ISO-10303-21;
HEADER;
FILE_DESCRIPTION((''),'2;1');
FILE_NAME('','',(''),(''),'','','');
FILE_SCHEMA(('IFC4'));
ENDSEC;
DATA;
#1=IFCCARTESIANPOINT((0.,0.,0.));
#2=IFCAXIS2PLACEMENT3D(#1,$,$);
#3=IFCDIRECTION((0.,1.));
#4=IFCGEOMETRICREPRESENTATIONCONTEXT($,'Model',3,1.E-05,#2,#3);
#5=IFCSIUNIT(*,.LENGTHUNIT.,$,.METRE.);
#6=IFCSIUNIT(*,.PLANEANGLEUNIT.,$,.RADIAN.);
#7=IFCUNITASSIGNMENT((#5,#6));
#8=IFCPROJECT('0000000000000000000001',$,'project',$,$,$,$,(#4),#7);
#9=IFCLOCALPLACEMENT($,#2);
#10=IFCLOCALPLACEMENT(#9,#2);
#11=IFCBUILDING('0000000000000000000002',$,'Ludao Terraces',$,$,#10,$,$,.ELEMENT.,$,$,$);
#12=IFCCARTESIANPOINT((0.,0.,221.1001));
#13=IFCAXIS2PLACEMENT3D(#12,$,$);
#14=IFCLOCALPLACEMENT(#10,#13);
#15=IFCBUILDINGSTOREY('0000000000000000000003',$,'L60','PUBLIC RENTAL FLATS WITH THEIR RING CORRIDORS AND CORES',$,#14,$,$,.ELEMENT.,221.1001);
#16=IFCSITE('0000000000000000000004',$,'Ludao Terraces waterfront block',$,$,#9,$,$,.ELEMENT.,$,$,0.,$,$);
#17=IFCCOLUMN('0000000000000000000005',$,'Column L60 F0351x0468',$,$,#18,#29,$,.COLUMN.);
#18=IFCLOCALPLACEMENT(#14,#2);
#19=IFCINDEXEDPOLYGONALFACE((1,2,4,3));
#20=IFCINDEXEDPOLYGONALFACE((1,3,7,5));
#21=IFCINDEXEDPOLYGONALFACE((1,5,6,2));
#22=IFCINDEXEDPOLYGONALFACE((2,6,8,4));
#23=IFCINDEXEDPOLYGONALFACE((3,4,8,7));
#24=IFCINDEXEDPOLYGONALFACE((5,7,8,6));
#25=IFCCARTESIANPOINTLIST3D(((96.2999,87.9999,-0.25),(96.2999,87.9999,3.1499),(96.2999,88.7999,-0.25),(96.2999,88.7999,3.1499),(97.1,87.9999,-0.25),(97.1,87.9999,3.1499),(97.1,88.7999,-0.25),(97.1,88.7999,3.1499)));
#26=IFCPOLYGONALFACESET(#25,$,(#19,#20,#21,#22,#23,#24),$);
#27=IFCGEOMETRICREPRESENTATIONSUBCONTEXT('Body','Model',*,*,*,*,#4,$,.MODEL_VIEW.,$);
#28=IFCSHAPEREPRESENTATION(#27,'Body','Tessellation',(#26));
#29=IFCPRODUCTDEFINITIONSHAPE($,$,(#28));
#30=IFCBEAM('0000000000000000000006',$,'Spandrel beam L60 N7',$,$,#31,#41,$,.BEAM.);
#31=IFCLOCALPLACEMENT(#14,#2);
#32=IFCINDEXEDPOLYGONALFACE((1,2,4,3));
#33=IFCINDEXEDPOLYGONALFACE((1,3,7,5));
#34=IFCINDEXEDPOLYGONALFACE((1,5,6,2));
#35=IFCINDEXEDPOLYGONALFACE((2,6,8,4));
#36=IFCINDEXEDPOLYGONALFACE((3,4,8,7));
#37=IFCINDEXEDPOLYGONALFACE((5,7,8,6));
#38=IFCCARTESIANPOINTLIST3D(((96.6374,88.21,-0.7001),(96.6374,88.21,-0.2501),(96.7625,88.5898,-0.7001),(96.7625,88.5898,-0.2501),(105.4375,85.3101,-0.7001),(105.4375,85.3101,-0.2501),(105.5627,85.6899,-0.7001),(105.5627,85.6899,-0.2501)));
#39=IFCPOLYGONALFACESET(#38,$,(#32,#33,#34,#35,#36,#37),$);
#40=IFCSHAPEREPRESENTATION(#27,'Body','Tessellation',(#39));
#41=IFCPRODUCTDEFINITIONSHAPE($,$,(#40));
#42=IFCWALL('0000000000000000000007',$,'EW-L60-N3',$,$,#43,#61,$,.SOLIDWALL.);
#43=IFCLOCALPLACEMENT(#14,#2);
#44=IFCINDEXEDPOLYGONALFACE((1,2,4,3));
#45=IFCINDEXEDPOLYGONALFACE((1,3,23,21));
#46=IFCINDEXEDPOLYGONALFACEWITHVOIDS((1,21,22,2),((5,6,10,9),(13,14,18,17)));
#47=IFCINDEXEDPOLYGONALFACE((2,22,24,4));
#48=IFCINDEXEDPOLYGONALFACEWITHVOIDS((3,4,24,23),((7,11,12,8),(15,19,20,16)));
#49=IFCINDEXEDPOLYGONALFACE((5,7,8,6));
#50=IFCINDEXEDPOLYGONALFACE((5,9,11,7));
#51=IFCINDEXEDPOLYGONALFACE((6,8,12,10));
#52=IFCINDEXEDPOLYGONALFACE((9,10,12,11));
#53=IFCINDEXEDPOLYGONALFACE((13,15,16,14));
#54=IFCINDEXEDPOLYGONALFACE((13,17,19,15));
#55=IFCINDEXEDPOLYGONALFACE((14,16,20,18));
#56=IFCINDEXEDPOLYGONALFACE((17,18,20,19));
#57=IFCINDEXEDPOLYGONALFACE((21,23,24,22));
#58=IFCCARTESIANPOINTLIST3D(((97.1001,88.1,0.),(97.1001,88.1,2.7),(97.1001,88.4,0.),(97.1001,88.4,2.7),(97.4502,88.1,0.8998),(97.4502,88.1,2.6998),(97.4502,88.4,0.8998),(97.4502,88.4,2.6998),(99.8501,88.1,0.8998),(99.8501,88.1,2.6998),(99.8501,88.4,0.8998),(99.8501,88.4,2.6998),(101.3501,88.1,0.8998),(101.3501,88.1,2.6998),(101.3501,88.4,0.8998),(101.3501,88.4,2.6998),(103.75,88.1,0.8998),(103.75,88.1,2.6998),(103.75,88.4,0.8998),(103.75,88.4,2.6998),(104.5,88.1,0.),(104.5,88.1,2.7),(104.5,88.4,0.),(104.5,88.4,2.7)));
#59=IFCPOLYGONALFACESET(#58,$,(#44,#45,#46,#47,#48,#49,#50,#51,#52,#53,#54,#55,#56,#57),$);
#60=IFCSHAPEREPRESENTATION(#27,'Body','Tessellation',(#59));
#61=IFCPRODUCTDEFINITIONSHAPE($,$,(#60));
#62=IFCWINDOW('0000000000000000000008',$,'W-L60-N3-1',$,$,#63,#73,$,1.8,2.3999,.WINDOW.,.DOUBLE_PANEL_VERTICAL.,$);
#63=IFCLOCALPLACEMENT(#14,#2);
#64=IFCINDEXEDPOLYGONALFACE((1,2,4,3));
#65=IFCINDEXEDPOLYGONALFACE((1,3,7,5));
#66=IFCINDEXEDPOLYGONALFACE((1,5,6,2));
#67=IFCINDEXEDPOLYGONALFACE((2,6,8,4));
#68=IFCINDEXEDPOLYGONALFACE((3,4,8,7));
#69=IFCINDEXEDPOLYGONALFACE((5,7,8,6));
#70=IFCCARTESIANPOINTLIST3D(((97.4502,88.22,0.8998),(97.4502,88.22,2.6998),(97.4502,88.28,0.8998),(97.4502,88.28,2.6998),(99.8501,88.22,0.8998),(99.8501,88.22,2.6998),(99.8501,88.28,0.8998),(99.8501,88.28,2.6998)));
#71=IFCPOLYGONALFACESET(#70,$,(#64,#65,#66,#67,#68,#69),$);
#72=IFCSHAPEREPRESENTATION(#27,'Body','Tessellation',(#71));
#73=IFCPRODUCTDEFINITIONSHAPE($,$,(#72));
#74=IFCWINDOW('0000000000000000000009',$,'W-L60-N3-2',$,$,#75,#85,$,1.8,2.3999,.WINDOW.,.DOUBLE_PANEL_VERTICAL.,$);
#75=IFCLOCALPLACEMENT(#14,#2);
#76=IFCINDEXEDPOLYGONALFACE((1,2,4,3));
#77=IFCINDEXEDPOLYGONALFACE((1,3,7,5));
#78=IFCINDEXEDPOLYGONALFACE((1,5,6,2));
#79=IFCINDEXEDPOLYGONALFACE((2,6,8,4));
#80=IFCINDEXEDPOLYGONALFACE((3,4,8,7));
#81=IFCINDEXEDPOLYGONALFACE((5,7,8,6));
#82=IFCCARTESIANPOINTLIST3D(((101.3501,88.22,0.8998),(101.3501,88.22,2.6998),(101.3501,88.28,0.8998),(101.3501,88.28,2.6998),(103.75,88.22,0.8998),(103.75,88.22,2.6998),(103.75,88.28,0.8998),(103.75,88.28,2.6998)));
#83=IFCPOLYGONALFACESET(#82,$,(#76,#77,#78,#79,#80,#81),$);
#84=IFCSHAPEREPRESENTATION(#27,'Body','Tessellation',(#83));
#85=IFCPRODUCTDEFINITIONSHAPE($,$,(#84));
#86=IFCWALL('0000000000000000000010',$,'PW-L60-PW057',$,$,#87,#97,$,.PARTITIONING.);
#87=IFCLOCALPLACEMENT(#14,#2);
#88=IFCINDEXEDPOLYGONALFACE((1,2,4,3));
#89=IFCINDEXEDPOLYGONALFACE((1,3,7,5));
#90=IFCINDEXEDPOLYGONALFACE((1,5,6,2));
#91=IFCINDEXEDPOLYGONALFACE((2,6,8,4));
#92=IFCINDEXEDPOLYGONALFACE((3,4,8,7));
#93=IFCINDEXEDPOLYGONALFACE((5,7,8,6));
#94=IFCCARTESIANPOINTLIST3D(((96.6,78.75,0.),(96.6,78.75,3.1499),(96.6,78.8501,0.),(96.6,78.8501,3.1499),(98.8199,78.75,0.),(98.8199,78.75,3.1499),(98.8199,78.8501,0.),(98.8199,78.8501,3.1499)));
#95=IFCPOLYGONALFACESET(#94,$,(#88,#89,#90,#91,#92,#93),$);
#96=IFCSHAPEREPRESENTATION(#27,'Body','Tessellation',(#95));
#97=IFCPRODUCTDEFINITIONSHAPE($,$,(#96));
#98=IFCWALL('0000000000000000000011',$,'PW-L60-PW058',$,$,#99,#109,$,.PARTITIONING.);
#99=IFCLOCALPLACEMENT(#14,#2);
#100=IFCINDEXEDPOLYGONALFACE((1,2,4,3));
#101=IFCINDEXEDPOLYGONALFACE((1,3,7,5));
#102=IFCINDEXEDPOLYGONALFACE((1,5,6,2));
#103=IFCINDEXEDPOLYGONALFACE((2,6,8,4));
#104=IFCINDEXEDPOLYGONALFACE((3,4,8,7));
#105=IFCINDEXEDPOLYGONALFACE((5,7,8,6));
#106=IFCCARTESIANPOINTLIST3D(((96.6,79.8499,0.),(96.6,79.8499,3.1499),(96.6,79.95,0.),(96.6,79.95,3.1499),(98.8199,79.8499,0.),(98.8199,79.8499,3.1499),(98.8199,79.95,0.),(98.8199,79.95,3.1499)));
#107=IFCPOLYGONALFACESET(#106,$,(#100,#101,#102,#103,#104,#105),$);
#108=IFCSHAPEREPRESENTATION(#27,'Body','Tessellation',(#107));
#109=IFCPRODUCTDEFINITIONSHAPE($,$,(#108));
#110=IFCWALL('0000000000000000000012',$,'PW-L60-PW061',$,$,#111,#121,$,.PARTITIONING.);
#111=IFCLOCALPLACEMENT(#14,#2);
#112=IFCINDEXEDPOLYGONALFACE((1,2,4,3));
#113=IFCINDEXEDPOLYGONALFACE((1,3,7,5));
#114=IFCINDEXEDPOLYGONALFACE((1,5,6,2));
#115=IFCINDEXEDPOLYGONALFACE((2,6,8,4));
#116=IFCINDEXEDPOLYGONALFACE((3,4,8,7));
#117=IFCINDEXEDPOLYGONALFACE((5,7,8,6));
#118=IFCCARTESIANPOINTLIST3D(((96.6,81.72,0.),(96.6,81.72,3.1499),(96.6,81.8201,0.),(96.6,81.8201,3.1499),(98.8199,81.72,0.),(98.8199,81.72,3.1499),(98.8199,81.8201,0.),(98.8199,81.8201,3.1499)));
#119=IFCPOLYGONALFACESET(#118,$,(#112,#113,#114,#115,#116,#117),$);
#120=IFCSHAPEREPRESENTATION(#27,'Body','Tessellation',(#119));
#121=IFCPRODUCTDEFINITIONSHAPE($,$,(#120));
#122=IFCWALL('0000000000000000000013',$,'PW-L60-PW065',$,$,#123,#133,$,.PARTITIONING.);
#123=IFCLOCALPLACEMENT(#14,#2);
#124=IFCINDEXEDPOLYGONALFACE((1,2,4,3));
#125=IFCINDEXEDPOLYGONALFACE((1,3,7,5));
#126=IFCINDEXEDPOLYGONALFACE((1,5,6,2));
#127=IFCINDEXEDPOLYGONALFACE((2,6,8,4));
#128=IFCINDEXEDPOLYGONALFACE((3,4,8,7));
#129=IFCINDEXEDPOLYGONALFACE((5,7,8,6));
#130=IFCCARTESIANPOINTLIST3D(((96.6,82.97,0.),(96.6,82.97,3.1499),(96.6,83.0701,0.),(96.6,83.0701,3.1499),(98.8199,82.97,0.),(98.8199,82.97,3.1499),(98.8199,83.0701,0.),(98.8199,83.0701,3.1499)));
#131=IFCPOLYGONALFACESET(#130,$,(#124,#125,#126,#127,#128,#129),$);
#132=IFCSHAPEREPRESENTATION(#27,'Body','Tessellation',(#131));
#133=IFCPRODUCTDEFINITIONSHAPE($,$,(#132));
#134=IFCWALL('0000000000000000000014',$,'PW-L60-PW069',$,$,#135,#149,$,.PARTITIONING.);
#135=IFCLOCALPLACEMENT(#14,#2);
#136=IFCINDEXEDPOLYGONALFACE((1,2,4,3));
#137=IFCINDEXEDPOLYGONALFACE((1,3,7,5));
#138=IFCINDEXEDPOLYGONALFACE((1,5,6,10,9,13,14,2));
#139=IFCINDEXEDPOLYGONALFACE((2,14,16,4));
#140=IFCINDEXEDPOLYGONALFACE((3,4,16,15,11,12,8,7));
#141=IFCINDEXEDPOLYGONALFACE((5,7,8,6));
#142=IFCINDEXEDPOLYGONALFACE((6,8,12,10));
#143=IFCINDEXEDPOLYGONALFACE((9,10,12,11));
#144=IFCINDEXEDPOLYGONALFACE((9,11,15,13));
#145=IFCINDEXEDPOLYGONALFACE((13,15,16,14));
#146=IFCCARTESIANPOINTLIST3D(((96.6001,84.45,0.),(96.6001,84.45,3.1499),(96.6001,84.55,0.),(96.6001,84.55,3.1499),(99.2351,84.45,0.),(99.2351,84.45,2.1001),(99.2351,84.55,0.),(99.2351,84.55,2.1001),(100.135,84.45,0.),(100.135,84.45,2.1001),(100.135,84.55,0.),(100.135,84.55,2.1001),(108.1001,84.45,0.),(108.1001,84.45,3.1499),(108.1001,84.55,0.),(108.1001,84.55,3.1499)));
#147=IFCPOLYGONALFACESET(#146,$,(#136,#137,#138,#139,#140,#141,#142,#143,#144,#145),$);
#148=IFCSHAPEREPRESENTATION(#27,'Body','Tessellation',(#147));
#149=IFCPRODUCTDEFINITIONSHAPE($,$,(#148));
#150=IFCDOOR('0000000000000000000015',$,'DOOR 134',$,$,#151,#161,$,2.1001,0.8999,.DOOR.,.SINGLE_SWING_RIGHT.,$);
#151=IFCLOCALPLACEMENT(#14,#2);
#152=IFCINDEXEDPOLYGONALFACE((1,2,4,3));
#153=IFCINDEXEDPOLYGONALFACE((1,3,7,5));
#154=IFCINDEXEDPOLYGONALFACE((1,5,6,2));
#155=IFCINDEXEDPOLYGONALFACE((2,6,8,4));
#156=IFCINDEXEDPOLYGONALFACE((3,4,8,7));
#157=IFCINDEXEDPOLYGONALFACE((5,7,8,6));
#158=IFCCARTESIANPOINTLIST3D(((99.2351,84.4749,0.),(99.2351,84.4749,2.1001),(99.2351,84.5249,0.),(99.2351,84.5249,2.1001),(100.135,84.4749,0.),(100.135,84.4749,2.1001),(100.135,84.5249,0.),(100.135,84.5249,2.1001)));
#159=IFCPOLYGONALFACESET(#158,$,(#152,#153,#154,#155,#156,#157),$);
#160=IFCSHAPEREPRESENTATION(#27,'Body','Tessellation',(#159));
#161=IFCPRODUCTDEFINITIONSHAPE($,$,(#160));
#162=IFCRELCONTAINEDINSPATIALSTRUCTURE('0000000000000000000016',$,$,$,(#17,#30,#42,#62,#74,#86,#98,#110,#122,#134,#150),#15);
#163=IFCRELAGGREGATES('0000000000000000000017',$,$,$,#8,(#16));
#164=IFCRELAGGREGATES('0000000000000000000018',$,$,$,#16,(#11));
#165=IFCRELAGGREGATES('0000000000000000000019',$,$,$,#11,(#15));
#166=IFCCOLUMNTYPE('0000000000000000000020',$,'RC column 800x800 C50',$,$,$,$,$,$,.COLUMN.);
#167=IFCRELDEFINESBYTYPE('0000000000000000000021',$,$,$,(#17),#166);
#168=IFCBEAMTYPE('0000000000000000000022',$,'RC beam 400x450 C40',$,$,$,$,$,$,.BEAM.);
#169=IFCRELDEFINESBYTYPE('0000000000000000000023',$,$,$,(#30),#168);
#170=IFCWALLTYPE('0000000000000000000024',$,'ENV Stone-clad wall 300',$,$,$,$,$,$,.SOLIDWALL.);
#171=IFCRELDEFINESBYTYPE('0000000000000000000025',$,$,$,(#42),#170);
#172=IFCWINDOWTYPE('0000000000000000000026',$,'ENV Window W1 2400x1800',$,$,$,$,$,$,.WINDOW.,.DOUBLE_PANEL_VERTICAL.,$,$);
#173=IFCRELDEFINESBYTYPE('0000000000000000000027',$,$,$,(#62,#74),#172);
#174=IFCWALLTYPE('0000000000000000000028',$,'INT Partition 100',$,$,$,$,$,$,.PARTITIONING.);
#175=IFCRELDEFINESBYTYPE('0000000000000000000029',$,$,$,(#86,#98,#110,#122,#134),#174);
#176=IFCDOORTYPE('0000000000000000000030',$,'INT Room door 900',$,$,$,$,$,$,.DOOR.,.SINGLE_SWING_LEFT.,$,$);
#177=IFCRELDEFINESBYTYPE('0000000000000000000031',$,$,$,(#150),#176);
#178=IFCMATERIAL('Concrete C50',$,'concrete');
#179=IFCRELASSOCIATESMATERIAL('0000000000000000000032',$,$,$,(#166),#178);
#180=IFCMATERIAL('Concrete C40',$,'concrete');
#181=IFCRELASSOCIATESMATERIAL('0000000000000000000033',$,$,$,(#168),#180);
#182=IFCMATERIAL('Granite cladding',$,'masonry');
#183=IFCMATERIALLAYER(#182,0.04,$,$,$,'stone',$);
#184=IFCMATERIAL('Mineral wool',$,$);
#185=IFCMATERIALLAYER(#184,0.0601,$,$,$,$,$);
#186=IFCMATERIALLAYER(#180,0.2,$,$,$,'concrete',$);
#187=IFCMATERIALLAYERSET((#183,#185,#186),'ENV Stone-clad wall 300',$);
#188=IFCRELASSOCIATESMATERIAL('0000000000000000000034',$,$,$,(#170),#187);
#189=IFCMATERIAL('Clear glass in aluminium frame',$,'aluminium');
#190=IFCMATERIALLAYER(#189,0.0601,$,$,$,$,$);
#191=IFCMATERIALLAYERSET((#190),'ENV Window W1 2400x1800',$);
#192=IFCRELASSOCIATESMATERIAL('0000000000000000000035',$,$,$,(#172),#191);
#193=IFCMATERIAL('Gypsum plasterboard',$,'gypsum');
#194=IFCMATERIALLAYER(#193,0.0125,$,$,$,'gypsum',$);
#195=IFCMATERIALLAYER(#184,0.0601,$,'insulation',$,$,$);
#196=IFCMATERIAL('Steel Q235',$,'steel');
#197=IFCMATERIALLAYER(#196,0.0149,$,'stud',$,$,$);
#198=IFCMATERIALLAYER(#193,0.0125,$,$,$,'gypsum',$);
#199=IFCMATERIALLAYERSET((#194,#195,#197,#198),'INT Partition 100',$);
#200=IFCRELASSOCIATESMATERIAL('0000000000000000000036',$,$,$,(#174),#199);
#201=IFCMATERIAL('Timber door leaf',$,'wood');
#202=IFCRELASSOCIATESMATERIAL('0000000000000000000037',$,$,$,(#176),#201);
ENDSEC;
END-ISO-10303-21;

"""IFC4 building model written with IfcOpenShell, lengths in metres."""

from ifc_helpers import new_model, si_unit, direction, frame, frame_2d, origin, origin_2d, place, context, subcontext, project, spatial, rectangle, extrude, material, layer, layer_set, material_profile, profile_set, type_object, element, fill, save


model = new_model("IFC4")

# Units and contexts
model_context = context("Model", 3, precision=1e-05, world=origin(), true_north=direction((0.0, 1.0)))
body_context = subcontext(model_context, "Body", "Model", "MODEL_VIEW")
ifc_project = project(units=[si_unit("LENGTHUNIT", "METRE"), si_unit("PLANEANGLEUNIT", "RADIAN")], contexts=[model_context])

# Site, building, storey
site_placement = place(None, origin())
site = spatial("IfcSite", under=ifc_project, at=site_placement, Name="Ludao Terraces waterfront block", CompositionType="ELEMENT", RefElevation=0.0)
building_placement = place(site_placement, origin())
building = spatial("IfcBuilding", under=site, at=building_placement, Name="Ludao Terraces", CompositionType="ELEMENT")
storey_placement = place(building_placement, frame((0.0, 0.0, 221.1001)))
storey = spatial("IfcBuildingStorey", under=building, at=storey_placement, Name="L60", Description="PUBLIC RENTAL FLATS WITH THEIR RING CORRIDORS AND CORES", CompositionType="ELEMENT", Elevation=221.1001)

# Column
ifc_material_1 = material(Name="Concrete C50", Category="concrete")
ifc_material_profile_1 = material_profile(ifc_material_1, rectangle(XDim=0.8, YDim=0.8, at=origin_2d()), Name="800 X 800")
ifc_profile_set_1 = profile_set([ifc_material_profile_1], Name="Concrete C50")
column_type = type_object("IfcColumnType", Name="RC column 800x800 C50", PredefinedType="COLUMN", material=ifc_profile_set_1)
column_placement = place(storey_placement, frame((96.7, 88.3999, -0.25), z_axis=(0.0, 0.0, 1.0), x_axis=(1.0, 0.0, 0.0)))
element("IfcColumn", 1, at=column_placement, inside=storey, type_object=column_type, Name="Column L60 F0351x0468", PredefinedType="COLUMN", context=body_context, shape_type="SweptSolid", body=[
    extrude(rectangle(XDim=0.8, YDim=0.8, at=origin_2d()), origin(), (0.0, 0.0, 1.0), 3.3999),
])

# Beam
ifc_material_2 = material(Name="Concrete C40", Category="concrete")
ifc_material_profile_2 = material_profile(ifc_material_2, rectangle(XDim=0.3999, YDim=0.45, at=origin_2d()), Name="400 X 450")
ifc_profile_set_2 = profile_set([ifc_material_profile_2], Name="Concrete C40")
beam_type = type_object("IfcBeamType", Name="RC beam 400x450 C40", PredefinedType="BEAM", material=ifc_profile_set_2)
beam_placement = place(storey_placement, frame((96.7, 88.3999, -0.4751), z_axis=(0.949761, -0.312977, 0.0), x_axis=(0.312977, 0.949761, 0.0)))
element("IfcBeam", 2, at=beam_placement, inside=storey, type_object=beam_type, Name="Spandrel beam L60 N7", PredefinedType="BEAM", context=body_context, shape_type="SweptSolid", body=[
    extrude(rectangle(XDim=0.3999, YDim=0.45, at=origin_2d()), origin(), (0.0, 0.0, 1.0), 9.2656),
])

# Wall, openings, windows
ifc_material_3 = material(Name="Granite cladding", Category="masonry")
ifc_layer_1 = layer(ifc_material_3, 0.04, Category="stone")
ifc_material_4 = material(Name="Mineral wool")
ifc_layer_2 = layer(ifc_material_4, 0.0601)
ifc_layer_3 = layer(ifc_material_2, 0.2, Category="concrete")
ifc_layer_set_1 = layer_set([ifc_layer_1, ifc_layer_2, ifc_layer_3], Name="ENV Stone-clad wall 300")
wall_type_1 = type_object("IfcWallType", Name="ENV Stone-clad wall 300", PredefinedType="SOLIDWALL", material=ifc_layer_set_1)
wall_1_placement = place(storey_placement, frame((97.1001, 88.25, 0.0), z_axis=(0.0, 0.0, 1.0), x_axis=(1.0, 0.0, 0.0)))
wall_1 = element("IfcWall", 3, at=wall_1_placement, inside=storey, type_object=wall_type_1, Name="EW-L60-N3", PredefinedType="SOLIDWALL", context=body_context, shape_type="SweptSolid", body=[
    extrude(rectangle(XDim=7.3999, YDim=0.3, at=frame_2d((3.7, 0.0))), origin(), (0.0, 0.0, 1.0), 2.7),
])
opening_1_placement = place(wall_1_placement, frame((0.3501, 0.0, 0.8999)))
opening_1 = element("IfcOpeningElement", 4, at=opening_1_placement, cuts=wall_1, PredefinedType="OPENING", context=body_context, shape_type="SweptSolid", body=[
    extrude(rectangle(XDim=2.3999, YDim=1.8, at=frame_2d((1.2, 0.8999))), frame((0.0, 0.1602, 0.0), z_axis=(0.0, -1.0, 0.0), x_axis=(1.0, 0.0, 0.0)), (0.0, 0.0, 1.0), 0.3201),
])
opening_2_placement = place(wall_1_placement, frame((4.25, 0.0, 0.8999)))
opening_2 = element("IfcOpeningElement", 5, at=opening_2_placement, cuts=wall_1, PredefinedType="OPENING", context=body_context, shape_type="SweptSolid", body=[
    extrude(rectangle(XDim=2.3999, YDim=1.8, at=frame_2d((1.2, 0.8999))), frame((0.0, 0.1602, 0.0), z_axis=(0.0, -1.0, 0.0), x_axis=(1.0, 0.0, 0.0)), (0.0, 0.0, 1.0), 0.3201),
])
ifc_material_5 = material(Name="Clear glass in aluminium frame", Category="aluminium")
ifc_layer_4 = layer(ifc_material_5, 0.0601)
ifc_layer_set_2 = layer_set([ifc_layer_4], Name="ENV Window W1 2400x1800")
window_type = type_object("IfcWindowType", Name="ENV Window W1 2400x1800", PartitioningType="DOUBLE_PANEL_VERTICAL", PredefinedType="WINDOW", material=ifc_layer_set_2)
window_1_placement = place(opening_1_placement, origin())
window_1 = element("IfcWindow", 6, at=window_1_placement, inside=storey, type_object=window_type, Name="W-L60-N3-1", OverallHeight=1.8, OverallWidth=2.3999, PartitioningType="DOUBLE_PANEL_VERTICAL", PredefinedType="WINDOW", context=body_context, shape_type="SweptSolid", body=[
    extrude(rectangle(XDim=2.3999, YDim=1.8, at=frame_2d((1.2, 0.8999))), frame((0.0, 0.03, 0.0), z_axis=(0.0, -1.0, 0.0), x_axis=(1.0, 0.0, 0.0)), (0.0, 0.0, 1.0), 0.0601),
])
fill(opening_1, window_1)
window_2_placement = place(opening_2_placement, origin())
window_2 = element("IfcWindow", 7, at=window_2_placement, inside=storey, type_object=window_type, Name="W-L60-N3-2", OverallHeight=1.8, OverallWidth=2.3999, PartitioningType="DOUBLE_PANEL_VERTICAL", PredefinedType="WINDOW", context=body_context, shape_type="SweptSolid", body=[
    extrude(rectangle(XDim=2.3999, YDim=1.8, at=frame_2d((1.2, 0.8999))), frame((0.0, 0.03, 0.0), z_axis=(0.0, -1.0, 0.0), x_axis=(1.0, 0.0, 0.0)), (0.0, 0.0, 1.0), 0.0601),
])
fill(opening_2, window_2)

# Walls
ifc_material_6 = material(Name="Gypsum plasterboard", Category="gypsum")
ifc_layer_5 = layer(ifc_material_6, 0.0125, Category="gypsum")
ifc_layer_6 = layer(ifc_material_4, 0.0601, Name="insulation")
ifc_material_7 = material(Name="Steel Q235", Category="steel")
ifc_layer_7 = layer(ifc_material_7, 0.0149, Name="stud")
ifc_layer_8 = layer(ifc_material_6, 0.0125, Category="gypsum")
ifc_layer_set_3 = layer_set([ifc_layer_5, ifc_layer_6, ifc_layer_7, ifc_layer_8], Name="INT Partition 100")
wall_type_2 = type_object("IfcWallType", Name="INT Partition 100", PredefinedType="PARTITIONING", material=ifc_layer_set_3)
for number, where, z_axis, x_axis, name in (
    (8, (96.6001, 78.8, 0.0), (0.0, 0.0, 1.0), (1.0, 0.0, 0.0), "PW-L60-PW057"),
    (9, (96.6001, 79.8999, 0.0), (0.0, 0.0, 1.0), (1.0, 0.0, 0.0), "PW-L60-PW058"),
    (10, (96.6001, 81.77, 0.0), (0.0, 0.0, 1.0), (1.0, 0.0, 0.0), "PW-L60-PW061"),
    (11, (96.6001, 83.02, 0.0), (0.0, 0.0, 1.0), (1.0, 0.0, 0.0), "PW-L60-PW065"),
):
    element("IfcWall", number, at=place(storey_placement, frame(where, z_axis=z_axis, x_axis=x_axis)), inside=storey, type_object=wall_type_2, Name=name, PredefinedType="PARTITIONING", context=body_context, shape_type="SweptSolid", body=[
        extrude(rectangle(XDim=2.22, YDim=0.1001, at=frame_2d((1.1099, 0.0))), origin(), (0.0, 0.0, 1.0), 3.1499),
    ])

# Wall, opening, door
wall_2_placement = place(storey_placement, frame((96.6001, 84.5, 0.0), z_axis=(0.0, 0.0, 1.0), x_axis=(1.0, 0.0, 0.0)))
wall_2 = element("IfcWall", 12, at=wall_2_placement, inside=storey, type_object=wall_type_2, Name="PW-L60-PW069", PredefinedType="PARTITIONING", context=body_context, shape_type="SweptSolid", body=[
    extrude(rectangle(XDim=11.5, YDim=0.1001, at=frame_2d((5.75, 0.0))), origin(), (0.0, 0.0, 1.0), 3.1499),
])
opening_3_placement = place(wall_2_placement, frame((2.635, 0.0, 0.0)))
opening_3 = element("IfcOpeningElement", 13, at=opening_3_placement, cuts=wall_2, PredefinedType="OPENING", context=body_context, shape_type="SweptSolid", body=[
    extrude(rectangle(XDim=0.8999, YDim=2.1001, at=frame_2d((0.45, 1.05))), frame((0.0, 0.0601, 0.0), z_axis=(0.0, -1.0, 0.0), x_axis=(1.0, 0.0, 0.0)), (0.0, 0.0, 1.0), 0.1201),
])
ifc_material_8 = material(Name="Timber door leaf", Category="wood")
door_type_1 = type_object("IfcDoorType", Name="INT Room door 900", OperationType="SINGLE_SWING_LEFT", PredefinedType="DOOR", material=ifc_material_8)
door_1_placement = place(opening_3_placement, origin())
door_1 = element("IfcDoor", 14, at=door_1_placement, inside=storey, type_object=door_type_1, Name="DOOR 134", OperationType="SINGLE_SWING_RIGHT", OverallHeight=2.1001, OverallWidth=0.8999, PredefinedType="DOOR", context=body_context, shape_type="SweptSolid", body=[
    extrude(rectangle(XDim=0.8999, YDim=2.1001, at=frame_2d((0.45, 1.05))), frame((0.0, 0.0249, 0.0), z_axis=(0.0, -1.0, 0.0), x_axis=(1.0, 0.0, 0.0)), (0.0, 0.0, 1.0), 0.05),
])
fill(opening_3, door_1)

save(model, "model.ifc")
